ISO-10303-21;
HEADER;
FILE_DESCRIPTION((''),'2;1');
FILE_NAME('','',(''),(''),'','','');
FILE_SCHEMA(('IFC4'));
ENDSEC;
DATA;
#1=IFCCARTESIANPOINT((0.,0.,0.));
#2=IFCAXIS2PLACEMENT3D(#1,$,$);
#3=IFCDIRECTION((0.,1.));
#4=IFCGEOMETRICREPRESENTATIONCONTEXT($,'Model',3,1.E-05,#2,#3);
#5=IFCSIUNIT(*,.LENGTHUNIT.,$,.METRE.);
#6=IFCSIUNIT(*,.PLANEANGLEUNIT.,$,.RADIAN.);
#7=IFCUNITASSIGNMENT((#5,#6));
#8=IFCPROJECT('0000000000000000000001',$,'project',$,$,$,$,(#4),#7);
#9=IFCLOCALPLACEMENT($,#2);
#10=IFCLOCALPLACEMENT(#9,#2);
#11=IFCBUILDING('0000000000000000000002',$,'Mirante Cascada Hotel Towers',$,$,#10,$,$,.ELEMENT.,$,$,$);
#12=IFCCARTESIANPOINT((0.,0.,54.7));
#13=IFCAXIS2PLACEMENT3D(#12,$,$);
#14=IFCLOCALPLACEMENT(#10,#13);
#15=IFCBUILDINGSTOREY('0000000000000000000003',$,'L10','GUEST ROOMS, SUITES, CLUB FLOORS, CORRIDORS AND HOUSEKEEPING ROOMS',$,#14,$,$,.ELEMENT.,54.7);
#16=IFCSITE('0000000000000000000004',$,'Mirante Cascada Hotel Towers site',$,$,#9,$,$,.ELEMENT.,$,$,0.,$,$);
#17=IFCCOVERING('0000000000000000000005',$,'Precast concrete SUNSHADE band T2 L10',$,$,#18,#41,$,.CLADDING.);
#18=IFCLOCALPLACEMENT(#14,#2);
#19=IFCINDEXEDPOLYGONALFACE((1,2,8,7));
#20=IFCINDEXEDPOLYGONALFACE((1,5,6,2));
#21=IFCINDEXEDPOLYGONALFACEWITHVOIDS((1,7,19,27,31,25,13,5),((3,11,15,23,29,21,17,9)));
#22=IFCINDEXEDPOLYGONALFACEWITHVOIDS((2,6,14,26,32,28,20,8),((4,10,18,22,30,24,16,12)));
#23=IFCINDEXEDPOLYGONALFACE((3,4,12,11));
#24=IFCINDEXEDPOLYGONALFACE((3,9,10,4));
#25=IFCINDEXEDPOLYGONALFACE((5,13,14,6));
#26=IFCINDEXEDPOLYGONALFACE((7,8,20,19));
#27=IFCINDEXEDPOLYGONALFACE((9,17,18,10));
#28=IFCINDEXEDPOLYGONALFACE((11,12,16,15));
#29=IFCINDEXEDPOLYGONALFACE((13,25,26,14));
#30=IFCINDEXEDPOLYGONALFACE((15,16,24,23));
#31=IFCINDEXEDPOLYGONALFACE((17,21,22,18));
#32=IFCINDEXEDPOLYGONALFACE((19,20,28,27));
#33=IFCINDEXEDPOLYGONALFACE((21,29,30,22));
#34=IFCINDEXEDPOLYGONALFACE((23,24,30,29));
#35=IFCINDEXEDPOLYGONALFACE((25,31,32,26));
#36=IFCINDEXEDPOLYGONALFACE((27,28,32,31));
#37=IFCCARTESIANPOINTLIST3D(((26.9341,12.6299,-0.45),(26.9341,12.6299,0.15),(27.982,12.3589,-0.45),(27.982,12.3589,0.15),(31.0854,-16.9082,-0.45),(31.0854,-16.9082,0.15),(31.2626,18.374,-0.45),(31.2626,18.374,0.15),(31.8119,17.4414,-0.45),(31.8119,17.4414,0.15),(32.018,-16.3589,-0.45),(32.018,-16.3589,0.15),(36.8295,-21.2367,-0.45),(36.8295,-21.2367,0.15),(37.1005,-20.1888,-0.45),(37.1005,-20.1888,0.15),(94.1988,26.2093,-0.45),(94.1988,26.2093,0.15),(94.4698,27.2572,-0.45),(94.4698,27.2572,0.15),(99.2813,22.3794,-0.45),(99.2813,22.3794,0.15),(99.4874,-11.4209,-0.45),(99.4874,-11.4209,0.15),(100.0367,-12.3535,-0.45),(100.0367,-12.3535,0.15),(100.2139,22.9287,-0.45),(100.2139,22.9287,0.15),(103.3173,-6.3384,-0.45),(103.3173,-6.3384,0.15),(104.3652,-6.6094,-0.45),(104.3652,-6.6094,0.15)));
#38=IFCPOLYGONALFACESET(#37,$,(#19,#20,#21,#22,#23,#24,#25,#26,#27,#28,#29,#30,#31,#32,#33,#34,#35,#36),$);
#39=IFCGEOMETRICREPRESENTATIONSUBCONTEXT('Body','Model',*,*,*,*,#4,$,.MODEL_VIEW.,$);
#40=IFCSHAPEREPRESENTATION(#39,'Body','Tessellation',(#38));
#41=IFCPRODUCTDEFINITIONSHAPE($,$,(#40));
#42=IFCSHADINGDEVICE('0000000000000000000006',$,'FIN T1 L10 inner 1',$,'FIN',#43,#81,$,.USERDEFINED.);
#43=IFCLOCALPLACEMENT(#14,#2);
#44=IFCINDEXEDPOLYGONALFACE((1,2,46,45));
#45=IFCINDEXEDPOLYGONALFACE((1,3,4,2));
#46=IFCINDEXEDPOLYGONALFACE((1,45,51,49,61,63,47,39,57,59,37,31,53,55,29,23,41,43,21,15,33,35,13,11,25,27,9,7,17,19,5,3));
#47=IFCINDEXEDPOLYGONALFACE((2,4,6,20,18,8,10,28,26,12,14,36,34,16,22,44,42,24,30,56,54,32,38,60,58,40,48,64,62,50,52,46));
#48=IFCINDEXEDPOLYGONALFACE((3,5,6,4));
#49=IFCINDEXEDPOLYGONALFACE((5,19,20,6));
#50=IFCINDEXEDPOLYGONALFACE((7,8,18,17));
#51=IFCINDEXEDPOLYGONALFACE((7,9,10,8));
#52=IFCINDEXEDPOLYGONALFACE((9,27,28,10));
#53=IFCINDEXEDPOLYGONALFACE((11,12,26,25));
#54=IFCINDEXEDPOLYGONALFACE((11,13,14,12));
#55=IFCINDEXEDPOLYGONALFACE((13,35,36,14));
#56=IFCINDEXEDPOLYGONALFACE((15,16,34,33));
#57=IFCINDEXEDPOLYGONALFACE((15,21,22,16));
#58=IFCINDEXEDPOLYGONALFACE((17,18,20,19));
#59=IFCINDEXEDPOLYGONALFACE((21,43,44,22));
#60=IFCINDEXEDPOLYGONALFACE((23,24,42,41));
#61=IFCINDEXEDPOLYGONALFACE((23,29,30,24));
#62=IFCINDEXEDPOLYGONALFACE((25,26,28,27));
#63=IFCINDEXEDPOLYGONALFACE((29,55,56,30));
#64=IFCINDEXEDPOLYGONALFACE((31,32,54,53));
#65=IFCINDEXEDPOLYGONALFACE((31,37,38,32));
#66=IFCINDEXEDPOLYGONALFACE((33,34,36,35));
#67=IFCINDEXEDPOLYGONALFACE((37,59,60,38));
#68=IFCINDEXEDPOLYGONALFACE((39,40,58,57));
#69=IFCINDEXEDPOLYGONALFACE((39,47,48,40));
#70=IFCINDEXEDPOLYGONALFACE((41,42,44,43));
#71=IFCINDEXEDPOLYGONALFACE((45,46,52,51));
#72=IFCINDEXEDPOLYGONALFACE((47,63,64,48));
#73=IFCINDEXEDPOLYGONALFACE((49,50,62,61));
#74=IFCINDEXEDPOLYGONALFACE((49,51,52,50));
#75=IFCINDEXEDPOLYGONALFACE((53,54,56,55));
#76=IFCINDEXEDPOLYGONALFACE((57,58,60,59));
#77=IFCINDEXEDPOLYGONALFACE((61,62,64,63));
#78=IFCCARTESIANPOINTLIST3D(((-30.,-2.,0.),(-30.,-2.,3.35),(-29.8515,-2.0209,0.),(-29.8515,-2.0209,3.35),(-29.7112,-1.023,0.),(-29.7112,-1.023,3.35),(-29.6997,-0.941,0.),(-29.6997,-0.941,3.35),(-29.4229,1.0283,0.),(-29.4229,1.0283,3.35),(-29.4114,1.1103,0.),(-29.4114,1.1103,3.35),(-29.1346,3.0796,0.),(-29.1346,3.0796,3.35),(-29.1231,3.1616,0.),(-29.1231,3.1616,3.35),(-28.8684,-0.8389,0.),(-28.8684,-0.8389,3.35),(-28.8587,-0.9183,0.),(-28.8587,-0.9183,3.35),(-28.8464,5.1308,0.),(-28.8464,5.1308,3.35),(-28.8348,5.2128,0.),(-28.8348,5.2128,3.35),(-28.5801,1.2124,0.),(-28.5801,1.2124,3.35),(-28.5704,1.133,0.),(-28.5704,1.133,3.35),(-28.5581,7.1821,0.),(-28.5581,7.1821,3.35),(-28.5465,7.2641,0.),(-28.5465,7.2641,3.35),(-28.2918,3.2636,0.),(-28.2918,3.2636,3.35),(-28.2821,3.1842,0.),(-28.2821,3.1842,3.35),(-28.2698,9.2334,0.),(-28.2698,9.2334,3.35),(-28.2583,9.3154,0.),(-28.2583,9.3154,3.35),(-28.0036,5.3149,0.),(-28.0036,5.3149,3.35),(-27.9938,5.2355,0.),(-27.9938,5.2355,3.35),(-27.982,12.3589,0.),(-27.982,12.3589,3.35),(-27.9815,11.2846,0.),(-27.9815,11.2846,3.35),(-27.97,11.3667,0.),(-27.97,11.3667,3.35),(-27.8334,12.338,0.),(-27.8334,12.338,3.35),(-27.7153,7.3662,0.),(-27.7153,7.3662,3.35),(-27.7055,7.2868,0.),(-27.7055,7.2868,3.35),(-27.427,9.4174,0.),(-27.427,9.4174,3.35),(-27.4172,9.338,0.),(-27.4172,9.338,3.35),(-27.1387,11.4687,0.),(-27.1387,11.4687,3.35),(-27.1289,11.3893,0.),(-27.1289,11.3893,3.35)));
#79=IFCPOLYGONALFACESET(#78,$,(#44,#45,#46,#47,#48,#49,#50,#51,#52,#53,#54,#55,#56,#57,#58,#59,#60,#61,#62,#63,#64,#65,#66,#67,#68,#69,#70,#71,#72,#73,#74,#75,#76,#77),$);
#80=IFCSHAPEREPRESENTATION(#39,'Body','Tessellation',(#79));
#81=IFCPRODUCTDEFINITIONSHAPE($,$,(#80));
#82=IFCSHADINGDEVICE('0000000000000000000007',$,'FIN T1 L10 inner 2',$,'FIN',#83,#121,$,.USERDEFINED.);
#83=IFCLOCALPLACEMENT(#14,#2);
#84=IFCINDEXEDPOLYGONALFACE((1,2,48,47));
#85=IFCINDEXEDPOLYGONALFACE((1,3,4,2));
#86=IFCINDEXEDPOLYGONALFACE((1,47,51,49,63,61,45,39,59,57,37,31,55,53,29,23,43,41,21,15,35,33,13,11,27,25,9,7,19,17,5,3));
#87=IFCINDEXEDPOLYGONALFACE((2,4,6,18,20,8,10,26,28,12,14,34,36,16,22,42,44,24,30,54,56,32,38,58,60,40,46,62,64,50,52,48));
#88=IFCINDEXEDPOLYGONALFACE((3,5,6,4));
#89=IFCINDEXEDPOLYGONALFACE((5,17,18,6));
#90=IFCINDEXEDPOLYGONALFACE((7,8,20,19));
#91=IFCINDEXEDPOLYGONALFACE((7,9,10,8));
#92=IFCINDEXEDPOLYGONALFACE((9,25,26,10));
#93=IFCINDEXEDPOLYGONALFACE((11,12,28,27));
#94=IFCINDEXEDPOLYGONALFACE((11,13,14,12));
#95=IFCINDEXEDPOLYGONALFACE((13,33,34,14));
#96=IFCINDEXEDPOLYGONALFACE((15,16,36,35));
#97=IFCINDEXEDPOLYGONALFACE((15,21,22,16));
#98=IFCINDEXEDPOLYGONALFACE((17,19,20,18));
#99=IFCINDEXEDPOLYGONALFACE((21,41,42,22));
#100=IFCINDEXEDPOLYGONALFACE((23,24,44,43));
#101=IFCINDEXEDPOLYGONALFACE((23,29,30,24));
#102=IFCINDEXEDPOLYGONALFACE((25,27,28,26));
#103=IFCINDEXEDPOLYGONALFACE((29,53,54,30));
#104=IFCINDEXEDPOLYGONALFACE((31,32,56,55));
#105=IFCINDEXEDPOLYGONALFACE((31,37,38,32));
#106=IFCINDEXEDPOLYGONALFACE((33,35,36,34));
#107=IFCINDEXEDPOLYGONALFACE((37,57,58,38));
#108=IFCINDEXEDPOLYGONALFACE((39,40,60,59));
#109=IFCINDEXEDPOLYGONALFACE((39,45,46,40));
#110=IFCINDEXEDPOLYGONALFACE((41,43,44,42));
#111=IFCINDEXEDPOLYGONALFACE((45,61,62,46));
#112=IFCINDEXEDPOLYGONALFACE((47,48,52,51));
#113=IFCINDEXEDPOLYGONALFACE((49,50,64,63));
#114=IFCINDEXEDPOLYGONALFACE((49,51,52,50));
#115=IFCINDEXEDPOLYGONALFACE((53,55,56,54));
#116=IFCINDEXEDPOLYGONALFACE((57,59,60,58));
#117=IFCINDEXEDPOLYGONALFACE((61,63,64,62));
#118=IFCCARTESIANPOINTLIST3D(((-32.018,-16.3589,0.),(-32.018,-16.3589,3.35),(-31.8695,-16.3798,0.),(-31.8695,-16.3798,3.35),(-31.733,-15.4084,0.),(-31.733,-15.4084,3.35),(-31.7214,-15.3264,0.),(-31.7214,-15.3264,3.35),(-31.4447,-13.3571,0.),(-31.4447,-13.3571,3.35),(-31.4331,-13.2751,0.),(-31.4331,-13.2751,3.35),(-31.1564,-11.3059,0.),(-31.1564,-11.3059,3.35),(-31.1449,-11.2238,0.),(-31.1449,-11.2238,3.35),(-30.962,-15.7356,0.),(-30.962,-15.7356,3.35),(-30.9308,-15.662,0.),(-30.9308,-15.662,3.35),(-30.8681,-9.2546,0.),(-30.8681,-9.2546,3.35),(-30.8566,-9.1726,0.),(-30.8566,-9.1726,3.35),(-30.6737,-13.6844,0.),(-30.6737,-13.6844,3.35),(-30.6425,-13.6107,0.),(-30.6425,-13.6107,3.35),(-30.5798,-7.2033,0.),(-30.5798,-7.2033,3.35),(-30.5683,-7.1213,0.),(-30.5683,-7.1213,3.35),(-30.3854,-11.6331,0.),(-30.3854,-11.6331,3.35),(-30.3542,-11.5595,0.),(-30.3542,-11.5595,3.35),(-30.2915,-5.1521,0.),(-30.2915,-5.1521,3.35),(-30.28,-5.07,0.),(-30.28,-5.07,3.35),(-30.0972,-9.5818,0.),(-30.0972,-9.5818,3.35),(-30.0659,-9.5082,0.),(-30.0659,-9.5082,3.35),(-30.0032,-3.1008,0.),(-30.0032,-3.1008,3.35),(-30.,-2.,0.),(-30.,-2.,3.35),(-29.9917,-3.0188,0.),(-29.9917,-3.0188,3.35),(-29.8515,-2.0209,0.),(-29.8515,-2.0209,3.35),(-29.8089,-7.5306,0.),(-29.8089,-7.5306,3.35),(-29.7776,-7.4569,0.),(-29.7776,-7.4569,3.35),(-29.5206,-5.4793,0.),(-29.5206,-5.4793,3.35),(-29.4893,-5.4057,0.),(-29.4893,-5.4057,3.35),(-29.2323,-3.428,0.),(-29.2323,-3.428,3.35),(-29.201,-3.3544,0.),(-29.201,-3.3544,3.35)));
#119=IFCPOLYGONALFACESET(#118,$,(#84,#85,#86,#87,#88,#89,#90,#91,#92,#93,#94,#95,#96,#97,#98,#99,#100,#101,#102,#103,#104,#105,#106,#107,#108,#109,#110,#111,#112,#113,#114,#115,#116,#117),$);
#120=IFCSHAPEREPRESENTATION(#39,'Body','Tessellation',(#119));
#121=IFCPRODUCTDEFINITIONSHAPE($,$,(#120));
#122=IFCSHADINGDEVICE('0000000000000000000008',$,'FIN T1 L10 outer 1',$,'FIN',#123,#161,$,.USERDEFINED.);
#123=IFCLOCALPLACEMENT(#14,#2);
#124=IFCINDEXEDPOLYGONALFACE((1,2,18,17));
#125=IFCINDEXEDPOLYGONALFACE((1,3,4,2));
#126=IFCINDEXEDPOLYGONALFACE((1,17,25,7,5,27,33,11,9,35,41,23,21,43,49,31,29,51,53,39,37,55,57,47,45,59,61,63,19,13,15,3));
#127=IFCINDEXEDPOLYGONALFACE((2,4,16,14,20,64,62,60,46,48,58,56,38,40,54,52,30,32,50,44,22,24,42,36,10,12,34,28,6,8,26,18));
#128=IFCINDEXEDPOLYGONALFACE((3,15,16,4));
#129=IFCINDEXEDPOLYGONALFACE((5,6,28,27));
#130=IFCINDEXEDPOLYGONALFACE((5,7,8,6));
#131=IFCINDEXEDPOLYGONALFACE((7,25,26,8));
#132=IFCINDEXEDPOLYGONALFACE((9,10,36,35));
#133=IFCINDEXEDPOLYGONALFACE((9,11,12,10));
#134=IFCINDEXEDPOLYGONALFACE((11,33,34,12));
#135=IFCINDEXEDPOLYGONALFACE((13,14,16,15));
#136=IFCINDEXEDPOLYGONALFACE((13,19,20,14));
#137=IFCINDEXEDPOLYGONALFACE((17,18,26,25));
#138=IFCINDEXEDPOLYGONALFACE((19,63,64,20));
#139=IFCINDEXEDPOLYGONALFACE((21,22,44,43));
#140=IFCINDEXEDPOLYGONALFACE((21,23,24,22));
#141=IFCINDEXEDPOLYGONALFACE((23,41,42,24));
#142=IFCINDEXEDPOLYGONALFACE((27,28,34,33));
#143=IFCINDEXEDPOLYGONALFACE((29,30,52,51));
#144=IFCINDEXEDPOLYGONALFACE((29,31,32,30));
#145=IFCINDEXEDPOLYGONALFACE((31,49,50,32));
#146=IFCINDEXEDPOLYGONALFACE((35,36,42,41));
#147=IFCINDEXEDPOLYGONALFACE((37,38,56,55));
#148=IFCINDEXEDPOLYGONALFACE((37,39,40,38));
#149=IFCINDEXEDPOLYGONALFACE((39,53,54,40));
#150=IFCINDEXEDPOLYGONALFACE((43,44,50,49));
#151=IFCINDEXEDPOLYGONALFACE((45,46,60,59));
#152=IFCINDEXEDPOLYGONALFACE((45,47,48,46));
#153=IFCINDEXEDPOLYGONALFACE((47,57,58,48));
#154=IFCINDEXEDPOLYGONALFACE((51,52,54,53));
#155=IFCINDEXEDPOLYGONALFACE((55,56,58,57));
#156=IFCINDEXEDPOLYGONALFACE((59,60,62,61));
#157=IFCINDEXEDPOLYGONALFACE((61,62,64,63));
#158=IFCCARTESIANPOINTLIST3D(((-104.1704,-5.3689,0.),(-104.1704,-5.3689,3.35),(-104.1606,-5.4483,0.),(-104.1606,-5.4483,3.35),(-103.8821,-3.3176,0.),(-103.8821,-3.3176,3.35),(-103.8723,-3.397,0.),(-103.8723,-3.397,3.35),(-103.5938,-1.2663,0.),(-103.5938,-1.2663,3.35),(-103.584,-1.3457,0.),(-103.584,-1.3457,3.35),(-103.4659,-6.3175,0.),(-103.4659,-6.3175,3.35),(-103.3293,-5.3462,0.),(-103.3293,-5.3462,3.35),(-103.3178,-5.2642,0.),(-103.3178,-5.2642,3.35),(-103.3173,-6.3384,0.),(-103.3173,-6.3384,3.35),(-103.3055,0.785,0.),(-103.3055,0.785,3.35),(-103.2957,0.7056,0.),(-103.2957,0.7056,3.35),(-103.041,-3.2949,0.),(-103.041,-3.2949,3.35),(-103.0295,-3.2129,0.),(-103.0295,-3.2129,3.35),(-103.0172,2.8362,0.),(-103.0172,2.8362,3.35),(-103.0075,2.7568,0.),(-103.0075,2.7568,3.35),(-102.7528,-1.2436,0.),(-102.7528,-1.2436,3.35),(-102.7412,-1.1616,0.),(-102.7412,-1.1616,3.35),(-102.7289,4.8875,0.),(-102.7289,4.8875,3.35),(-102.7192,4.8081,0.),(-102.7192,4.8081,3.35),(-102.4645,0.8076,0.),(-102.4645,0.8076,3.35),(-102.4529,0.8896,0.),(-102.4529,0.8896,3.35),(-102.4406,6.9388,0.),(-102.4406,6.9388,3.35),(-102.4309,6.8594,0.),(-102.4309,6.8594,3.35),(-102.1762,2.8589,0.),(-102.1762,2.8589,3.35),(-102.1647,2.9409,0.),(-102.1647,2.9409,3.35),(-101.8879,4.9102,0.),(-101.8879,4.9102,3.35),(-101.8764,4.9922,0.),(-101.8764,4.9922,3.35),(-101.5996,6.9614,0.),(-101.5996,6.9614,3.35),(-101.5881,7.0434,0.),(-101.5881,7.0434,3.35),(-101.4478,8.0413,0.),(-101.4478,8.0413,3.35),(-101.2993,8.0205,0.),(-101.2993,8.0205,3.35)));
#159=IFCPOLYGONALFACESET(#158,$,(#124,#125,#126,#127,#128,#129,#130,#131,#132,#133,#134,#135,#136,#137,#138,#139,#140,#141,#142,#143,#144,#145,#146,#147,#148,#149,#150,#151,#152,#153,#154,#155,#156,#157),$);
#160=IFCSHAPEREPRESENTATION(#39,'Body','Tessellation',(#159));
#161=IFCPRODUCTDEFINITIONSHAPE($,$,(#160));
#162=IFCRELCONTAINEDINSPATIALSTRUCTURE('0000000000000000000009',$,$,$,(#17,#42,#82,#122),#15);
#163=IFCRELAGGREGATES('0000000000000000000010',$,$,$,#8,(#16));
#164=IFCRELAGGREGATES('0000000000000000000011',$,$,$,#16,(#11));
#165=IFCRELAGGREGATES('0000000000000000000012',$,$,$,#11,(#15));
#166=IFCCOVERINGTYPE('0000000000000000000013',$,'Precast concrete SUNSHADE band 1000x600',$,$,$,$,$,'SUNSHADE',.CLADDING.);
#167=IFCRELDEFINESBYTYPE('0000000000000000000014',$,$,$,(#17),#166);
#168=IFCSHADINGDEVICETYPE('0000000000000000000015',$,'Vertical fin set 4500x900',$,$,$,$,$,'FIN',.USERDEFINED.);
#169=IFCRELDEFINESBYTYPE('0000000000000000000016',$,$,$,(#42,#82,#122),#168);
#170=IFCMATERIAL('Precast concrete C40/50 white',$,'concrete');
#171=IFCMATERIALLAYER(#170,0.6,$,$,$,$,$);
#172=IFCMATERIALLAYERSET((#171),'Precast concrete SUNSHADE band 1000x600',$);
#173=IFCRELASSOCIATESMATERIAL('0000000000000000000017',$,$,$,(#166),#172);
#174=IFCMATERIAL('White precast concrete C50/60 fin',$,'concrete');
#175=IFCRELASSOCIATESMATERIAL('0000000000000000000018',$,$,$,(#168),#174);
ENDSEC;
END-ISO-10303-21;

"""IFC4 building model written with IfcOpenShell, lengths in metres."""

from ifc_helpers import new_model, si_unit, direction, frame, origin, place, context, subcontext, project, spatial, polyline, outline, extrude, material, layer, layer_set, type_object, element, save


model = new_model("IFC4")

# Units and contexts
model_context = context("Model", 3, precision=1e-05, world=origin(), true_north=direction((0.0, 1.0)))
body_context = subcontext(model_context, "Body", "Model", "MODEL_VIEW")
ifc_project = project(units=[si_unit("LENGTHUNIT", "METRE"), si_unit("PLANEANGLEUNIT", "RADIAN")], contexts=[model_context])

# Site, building, storey
site_placement = place(None, origin())
site = spatial("IfcSite", under=ifc_project, at=site_placement, Name="Mirante Cascada Hotel Towers site", CompositionType="ELEMENT", RefElevation=0.0)
building_placement = place(site_placement, origin())
building = spatial("IfcBuilding", under=site, at=building_placement, Name="Mirante Cascada Hotel Towers", CompositionType="ELEMENT")
storey_placement = place(building_placement, frame((0.0, 0.0, 54.7)))
storey = spatial("IfcBuildingStorey", under=building, at=storey_placement, Name="L10", Description="GUEST ROOMS, SUITES, CLUB FLOORS, CORRIDORS AND HOUSEKEEPING ROOMS", CompositionType="ELEMENT", Elevation=54.7)

# Covering
ifc_material_1 = material(Name="Precast concrete C40/50 white", Category="concrete")
ifc_layer_1 = layer(ifc_material_1, 0.6)
ifc_layer_set_1 = layer_set([ifc_layer_1], Name="Precast concrete SUNSHADE band 1000x600")
covering_type = type_object("IfcCoveringType", Name="Precast concrete SUNSHADE band 1000x600", ElementType="SUNSHADE", PredefinedType="CLADDING", material=ifc_layer_set_1)
covering_placement = place(storey_placement, frame((0.0, 0.0, -0.45)))
element("IfcCovering", 1, at=covering_placement, inside=storey, type_object=covering_type, Name="Precast concrete SUNSHADE band T2 L10", PredefinedType="CLADDING", context=body_context, shape_type="SweptSolid", body=[
    extrude(outline(polyline([(26.9341, 12.6299), (31.2626, 18.374), (94.4698, 27.2572), (100.2139, 22.9287), (104.3652, -6.6094), (100.0367, -12.3535), (36.8295, -21.2367), (31.0854, -16.9082), (26.9341, 12.6299)]), holes=[polyline([(103.3173, -6.3384), (99.2813, 22.3794), (94.1988, 26.2093), (31.8119, 17.4414), (27.982, 12.3589), (32.018, -16.3589), (37.1005, -20.1888), (99.4874, -11.4209), (103.3173, -6.3384)])]), origin(), (0.0, 0.0, 1.0), 0.6),
])

# Shading devices
ifc_material_2 = material(Name="White precast concrete C50/60 fin", Category="concrete")
shading_device_type = type_object("IfcShadingDeviceType", Name="Vertical fin set 4500x900", ElementType="FIN", PredefinedType="USERDEFINED", material=ifc_material_2)
shading_device_1_placement = place(storey_placement, origin())
element("IfcShadingDevice", 2, at=shading_device_1_placement, inside=storey, type_object=shading_device_type, Name="FIN T1 L10 inner 1", ObjectType="FIN", PredefinedType="USERDEFINED", context=body_context, shape_type="SweptSolid", body=[
    extrude(outline(polyline([(-29.7112, -1.023), (-29.8515, -2.0209), (-30.0, -2.0), (-27.982, 12.3589), (-27.8334, 12.338), (-27.97, 11.3667), (-27.1387, 11.4687), (-27.1289, 11.3893), (-27.9815, 11.2846), (-28.2583, 9.3154), (-27.427, 9.4174), (-27.4172, 9.338), (-28.2698, 9.2334), (-28.5465, 7.2641), (-27.7153, 7.3662), (-27.7055, 7.2868), (-28.5581, 7.1821), (-28.8348, 5.2128), (-28.0036, 5.3149), (-27.9938, 5.2355), (-28.8464, 5.1308), (-29.1231, 3.1616), (-28.2918, 3.2636), (-28.2821, 3.1842), (-29.1346, 3.0796), (-29.4114, 1.1103), (-28.5801, 1.2124), (-28.5704, 1.133), (-29.4229, 1.0283), (-29.6997, -0.941), (-28.8684, -0.8389), (-28.8587, -0.9183), (-29.7112, -1.023)])), origin(), (0.0, 0.0, 1.0), 3.35),
])
shading_device_2_placement = place(storey_placement, origin())
element("IfcShadingDevice", 3, at=shading_device_2_placement, inside=storey, type_object=shading_device_type, Name="FIN T1 L10 inner 2", ObjectType="FIN", PredefinedType="USERDEFINED", context=body_context, shape_type="SweptSolid", body=[
    extrude(outline(polyline([(-31.733, -15.4084), (-31.8695, -16.3798), (-32.018, -16.3589), (-30.0, -2.0), (-29.8515, -2.0209), (-29.9917, -3.0188), (-29.201, -3.3544), (-29.2323, -3.428), (-30.0032, -3.1008), (-30.28, -5.07), (-29.4893, -5.4057), (-29.5206, -5.4793), (-30.2915, -5.1521), (-30.5683, -7.1213), (-29.7776, -7.4569), (-29.8089, -7.5306), (-30.5798, -7.2033), (-30.8566, -9.1726), (-30.0659, -9.5082), (-30.0972, -9.5818), (-30.8681, -9.2546), (-31.1449, -11.2238), (-30.3542, -11.5595), (-30.3854, -11.6331), (-31.1564, -11.3059), (-31.4331, -13.2751), (-30.6425, -13.6107), (-30.6737, -13.6844), (-31.4447, -13.3571), (-31.7214, -15.3264), (-30.9308, -15.662), (-30.962, -15.7356), (-31.733, -15.4084)])), origin(), (0.0, 0.0, 1.0), 3.35),
])
shading_device_3_placement = place(storey_placement, origin())
element("IfcShadingDevice", 4, at=shading_device_3_placement, inside=storey, type_object=shading_device_type, Name="FIN T1 L10 outer 1", ObjectType="FIN", PredefinedType="USERDEFINED", context=body_context, shape_type="SweptSolid", body=[
    extrude(outline(polyline([(-103.3178, -5.2642), (-103.041, -3.2949), (-103.8723, -3.397), (-103.8821, -3.3176), (-103.0295, -3.2129), (-102.7528, -1.2436), (-103.584, -1.3457), (-103.5938, -1.2663), (-102.7412, -1.1616), (-102.4645, 0.8076), (-103.2957, 0.7056), (-103.3055, 0.785), (-102.4529, 0.8896), (-102.1762, 2.8589), (-103.0075, 2.7568), (-103.0172, 2.8362), (-102.1647, 2.9409), (-101.8879, 4.9102), (-102.7192, 4.8081), (-102.7289, 4.8875), (-101.8764, 4.9922), (-101.5996, 6.9614), (-102.4309, 6.8594), (-102.4406, 6.9388), (-101.5881, 7.0434), (-101.4478, 8.0413), (-101.2993, 8.0205), (-103.3173, -6.3384), (-103.4659, -6.3175), (-103.3293, -5.3462), (-104.1606, -5.4483), (-104.1704, -5.3689), (-103.3178, -5.2642)])), origin(), (0.0, 0.0, 1.0), 3.35),
])

save(model, "model.ifc")
